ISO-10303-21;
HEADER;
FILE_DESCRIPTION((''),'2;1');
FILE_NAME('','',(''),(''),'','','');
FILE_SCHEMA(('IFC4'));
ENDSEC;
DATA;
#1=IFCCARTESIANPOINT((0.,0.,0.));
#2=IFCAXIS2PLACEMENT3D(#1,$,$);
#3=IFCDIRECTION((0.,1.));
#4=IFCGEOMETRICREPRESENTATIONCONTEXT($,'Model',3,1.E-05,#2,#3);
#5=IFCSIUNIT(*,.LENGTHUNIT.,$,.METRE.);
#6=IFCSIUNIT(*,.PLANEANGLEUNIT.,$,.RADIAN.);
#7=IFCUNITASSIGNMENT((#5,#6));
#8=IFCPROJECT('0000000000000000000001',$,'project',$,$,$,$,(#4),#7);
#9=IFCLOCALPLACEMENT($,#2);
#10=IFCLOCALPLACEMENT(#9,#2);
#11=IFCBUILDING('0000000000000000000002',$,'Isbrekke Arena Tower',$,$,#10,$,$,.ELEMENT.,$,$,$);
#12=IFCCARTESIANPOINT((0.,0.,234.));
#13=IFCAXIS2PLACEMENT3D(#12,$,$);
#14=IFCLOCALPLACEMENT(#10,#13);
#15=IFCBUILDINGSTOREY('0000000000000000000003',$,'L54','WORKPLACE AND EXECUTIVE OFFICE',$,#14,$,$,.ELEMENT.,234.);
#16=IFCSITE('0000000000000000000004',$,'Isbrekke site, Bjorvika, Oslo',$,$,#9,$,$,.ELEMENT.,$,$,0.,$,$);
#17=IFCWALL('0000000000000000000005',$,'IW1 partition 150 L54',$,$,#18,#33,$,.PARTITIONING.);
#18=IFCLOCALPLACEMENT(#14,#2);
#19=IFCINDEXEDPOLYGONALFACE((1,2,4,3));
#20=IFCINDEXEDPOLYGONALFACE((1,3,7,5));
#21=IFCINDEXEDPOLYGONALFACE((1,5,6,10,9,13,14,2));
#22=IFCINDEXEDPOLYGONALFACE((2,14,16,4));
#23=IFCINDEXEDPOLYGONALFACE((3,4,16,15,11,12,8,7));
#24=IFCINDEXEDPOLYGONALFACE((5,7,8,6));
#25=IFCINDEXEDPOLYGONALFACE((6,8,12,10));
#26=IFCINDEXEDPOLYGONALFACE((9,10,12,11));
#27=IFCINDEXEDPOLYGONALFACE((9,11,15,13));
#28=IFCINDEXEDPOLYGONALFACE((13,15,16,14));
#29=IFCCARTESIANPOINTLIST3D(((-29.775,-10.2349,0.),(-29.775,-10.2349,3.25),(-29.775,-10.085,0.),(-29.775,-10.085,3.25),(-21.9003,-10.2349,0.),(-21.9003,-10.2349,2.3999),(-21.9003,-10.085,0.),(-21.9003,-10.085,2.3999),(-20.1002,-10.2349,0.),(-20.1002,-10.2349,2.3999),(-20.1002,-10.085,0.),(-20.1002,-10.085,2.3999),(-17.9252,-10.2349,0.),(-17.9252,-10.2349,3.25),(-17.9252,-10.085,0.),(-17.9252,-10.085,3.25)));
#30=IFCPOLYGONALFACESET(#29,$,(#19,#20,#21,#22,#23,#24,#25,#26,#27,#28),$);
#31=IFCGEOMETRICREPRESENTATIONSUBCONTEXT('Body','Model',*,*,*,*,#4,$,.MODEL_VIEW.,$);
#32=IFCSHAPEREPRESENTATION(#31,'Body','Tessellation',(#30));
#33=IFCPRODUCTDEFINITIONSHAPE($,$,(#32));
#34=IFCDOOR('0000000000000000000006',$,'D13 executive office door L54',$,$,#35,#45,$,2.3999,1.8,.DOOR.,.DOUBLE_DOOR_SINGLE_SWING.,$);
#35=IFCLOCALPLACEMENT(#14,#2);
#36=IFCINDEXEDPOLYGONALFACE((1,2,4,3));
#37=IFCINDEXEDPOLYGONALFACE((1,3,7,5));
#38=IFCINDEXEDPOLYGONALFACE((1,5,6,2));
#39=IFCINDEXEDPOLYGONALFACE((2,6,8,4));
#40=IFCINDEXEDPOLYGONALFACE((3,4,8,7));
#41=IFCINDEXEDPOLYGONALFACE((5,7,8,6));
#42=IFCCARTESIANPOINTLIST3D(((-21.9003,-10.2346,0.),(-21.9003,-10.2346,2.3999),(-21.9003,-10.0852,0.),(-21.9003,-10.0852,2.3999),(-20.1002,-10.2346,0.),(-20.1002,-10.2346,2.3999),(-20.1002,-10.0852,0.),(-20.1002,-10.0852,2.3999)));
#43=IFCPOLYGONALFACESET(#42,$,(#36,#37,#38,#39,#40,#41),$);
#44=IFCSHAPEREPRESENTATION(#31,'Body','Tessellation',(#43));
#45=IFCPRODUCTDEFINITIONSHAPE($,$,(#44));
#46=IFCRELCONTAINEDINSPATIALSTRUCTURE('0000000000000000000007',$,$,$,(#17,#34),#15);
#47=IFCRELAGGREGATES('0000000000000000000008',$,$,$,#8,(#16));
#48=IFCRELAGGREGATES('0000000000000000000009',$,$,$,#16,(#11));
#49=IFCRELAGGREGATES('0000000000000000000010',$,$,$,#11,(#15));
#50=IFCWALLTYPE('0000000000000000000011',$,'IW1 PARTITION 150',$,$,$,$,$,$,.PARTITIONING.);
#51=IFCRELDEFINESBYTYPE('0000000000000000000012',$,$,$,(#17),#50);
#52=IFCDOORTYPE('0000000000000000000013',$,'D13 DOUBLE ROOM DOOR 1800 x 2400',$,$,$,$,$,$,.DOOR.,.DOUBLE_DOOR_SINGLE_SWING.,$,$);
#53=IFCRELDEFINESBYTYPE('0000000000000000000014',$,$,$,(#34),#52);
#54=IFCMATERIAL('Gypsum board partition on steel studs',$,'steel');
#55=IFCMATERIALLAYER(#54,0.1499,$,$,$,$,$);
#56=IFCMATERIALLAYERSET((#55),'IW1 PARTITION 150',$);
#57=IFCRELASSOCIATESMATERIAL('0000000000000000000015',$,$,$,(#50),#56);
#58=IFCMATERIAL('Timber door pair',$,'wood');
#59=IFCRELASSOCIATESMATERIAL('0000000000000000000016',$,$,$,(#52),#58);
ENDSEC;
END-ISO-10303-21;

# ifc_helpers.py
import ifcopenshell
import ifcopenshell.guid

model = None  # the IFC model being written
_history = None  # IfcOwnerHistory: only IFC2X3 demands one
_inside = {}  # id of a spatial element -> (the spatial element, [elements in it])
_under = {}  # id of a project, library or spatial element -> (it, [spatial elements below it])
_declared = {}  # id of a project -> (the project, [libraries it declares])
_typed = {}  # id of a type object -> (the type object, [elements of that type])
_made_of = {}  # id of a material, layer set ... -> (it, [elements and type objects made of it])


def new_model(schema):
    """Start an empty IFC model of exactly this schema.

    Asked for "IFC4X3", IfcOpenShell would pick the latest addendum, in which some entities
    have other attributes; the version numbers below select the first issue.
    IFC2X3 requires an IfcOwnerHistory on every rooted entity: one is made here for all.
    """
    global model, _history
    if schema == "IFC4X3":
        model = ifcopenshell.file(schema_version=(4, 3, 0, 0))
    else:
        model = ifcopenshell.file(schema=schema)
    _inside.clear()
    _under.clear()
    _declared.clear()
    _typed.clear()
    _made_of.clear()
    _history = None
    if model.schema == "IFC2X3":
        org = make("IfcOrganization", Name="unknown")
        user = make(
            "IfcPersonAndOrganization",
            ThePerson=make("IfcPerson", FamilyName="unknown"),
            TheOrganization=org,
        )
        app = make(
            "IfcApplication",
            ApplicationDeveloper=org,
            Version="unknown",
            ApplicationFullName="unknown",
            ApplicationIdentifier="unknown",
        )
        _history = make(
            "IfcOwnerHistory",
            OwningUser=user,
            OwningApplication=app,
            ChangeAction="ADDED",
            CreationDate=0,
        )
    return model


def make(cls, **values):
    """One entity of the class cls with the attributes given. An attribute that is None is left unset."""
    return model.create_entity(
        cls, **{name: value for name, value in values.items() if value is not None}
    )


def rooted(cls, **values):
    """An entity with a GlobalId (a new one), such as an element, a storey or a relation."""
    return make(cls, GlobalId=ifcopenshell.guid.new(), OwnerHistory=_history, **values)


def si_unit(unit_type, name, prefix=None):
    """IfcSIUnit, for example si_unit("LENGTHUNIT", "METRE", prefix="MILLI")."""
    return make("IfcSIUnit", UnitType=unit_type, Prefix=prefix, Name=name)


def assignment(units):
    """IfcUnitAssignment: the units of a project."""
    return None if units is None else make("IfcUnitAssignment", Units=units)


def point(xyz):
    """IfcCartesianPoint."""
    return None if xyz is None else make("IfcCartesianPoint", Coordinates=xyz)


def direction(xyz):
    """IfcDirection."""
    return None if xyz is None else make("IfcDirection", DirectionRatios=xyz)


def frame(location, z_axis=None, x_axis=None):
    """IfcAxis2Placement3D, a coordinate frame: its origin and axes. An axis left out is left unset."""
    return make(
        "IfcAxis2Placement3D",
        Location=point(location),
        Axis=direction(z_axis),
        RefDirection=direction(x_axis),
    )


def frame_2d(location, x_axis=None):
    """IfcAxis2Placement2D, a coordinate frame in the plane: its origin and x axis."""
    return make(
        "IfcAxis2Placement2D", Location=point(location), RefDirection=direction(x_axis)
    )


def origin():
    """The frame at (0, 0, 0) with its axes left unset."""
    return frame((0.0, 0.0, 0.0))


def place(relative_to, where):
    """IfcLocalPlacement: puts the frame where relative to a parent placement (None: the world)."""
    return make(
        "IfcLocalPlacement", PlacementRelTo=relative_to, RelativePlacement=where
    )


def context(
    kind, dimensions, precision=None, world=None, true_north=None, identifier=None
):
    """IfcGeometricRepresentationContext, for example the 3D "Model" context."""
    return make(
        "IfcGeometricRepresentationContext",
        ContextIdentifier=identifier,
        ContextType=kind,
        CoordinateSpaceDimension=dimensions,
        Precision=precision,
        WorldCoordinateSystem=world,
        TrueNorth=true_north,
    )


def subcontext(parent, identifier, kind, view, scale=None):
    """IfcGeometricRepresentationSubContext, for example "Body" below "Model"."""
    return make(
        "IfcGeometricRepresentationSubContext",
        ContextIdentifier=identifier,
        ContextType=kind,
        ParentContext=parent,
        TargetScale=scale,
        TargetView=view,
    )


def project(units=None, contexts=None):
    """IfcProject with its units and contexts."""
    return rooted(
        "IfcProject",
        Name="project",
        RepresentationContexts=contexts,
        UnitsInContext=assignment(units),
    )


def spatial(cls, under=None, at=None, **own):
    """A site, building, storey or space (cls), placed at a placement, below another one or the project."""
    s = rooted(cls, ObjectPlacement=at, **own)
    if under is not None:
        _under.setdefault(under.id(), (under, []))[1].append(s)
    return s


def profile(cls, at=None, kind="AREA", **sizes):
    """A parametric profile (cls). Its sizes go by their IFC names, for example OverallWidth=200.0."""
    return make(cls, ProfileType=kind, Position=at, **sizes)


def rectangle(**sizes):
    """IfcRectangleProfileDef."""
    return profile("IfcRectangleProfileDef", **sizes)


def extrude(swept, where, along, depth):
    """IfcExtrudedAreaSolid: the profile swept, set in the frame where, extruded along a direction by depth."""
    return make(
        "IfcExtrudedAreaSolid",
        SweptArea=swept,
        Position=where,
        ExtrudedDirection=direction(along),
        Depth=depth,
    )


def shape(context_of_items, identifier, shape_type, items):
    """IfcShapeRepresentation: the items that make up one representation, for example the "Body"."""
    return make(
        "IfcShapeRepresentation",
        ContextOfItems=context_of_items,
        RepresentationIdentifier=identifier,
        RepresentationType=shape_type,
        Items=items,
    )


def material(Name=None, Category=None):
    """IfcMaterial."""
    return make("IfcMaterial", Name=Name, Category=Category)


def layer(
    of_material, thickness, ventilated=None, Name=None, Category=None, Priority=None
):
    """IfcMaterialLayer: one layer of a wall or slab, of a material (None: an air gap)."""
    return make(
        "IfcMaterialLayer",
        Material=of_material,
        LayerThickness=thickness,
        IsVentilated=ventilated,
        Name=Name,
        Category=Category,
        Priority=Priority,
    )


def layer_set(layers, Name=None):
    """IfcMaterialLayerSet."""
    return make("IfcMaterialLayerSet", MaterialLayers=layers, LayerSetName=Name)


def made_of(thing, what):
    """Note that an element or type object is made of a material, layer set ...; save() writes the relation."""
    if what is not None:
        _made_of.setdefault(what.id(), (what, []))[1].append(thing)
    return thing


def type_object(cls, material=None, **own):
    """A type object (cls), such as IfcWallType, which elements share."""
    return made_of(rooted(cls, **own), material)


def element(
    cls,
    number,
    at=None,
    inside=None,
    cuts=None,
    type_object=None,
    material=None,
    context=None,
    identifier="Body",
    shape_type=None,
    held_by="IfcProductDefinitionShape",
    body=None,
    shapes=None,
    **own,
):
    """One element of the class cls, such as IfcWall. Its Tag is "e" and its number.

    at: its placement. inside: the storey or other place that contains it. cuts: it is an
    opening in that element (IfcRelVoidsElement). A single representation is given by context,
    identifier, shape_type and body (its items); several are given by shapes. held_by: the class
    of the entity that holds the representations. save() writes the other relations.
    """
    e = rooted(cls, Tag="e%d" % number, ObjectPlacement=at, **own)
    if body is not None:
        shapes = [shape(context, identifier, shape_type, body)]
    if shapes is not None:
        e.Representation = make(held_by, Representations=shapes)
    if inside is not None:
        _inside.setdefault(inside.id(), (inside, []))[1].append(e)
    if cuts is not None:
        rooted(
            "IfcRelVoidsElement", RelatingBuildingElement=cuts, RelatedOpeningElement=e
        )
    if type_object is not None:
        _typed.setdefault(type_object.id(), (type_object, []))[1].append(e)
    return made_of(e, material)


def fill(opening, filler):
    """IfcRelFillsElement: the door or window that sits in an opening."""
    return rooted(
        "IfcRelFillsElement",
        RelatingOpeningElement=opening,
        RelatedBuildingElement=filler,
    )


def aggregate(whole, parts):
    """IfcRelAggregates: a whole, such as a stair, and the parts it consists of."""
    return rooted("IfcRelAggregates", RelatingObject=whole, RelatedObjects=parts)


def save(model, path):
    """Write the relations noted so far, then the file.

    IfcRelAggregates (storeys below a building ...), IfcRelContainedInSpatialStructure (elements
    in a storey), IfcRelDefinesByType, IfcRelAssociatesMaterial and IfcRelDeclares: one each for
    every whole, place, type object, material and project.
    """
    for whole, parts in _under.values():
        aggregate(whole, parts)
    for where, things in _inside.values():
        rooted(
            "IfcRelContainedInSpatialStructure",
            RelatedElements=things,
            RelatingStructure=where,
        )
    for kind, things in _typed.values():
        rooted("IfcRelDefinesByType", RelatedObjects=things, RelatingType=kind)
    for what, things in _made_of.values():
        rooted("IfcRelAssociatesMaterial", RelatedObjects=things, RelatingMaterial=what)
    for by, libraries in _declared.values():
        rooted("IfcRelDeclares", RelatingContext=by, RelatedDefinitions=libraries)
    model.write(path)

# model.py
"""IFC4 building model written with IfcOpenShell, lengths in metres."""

from ifc_helpers import new_model, si_unit, direction, frame, frame_2d, origin, place, context, subcontext, project, spatial, rectangle, extrude, material, layer, layer_set, type_object, element, fill, save


model = new_model("IFC4")

# Units and contexts
model_context = context("Model", 3, precision=1e-05, world=origin(), true_north=direction((0.0, 1.0)))
body_context = subcontext(model_context, "Body", "Model", "MODEL_VIEW")
ifc_project = project(units=[si_unit("LENGTHUNIT", "METRE"), si_unit("PLANEANGLEUNIT", "RADIAN")], contexts=[model_context])

# Site, building, storey
site_placement = place(None, origin())
site = spatial("IfcSite", under=ifc_project, at=site_placement, Name="Isbrekke site, Bjorvika, Oslo", CompositionType="ELEMENT", RefElevation=0.0)
building_placement = place(site_placement, origin())
building = spatial("IfcBuilding", under=site, at=building_placement, Name="Isbrekke Arena Tower", CompositionType="ELEMENT")
storey_placement = place(building_placement, frame((0.0, 0.0, 234.0)))
storey = spatial("IfcBuildingStorey", under=building, at=storey_placement, Name="L54", Description="WORKPLACE AND EXECUTIVE OFFICE", CompositionType="ELEMENT", Elevation=234.0)

# Wall, opening, door
ifc_material_1 = material(Name="Gypsum board partition on steel studs", Category="steel")
ifc_layer_1 = layer(ifc_material_1, 0.1499)
ifc_layer_set_1 = layer_set([ifc_layer_1], Name="IW1 PARTITION 150")
wall_type = type_object("IfcWallType", Name="IW1 PARTITION 150", PredefinedType="PARTITIONING", material=ifc_layer_set_1)
wall_placement = place(storey_placement, frame((-29.7749, -10.1599, 0.0), z_axis=(0.0, 0.0, 1.0), x_axis=(1.0, 0.0, 0.0)))
wall = element("IfcWall", 1, at=wall_placement, inside=storey, type_object=wall_type, Name="IW1 partition 150 L54", PredefinedType="PARTITIONING", context=body_context, shape_type="SweptSolid", body=[
    extrude(rectangle(XDim=11.8499, YDim=0.1499, at=frame_2d((5.9248, 0.0))), origin(), (0.0, 0.0, 1.0), 3.25),
])
opening_placement = place(wall_placement, frame((7.8748, 0.0, 0.0)))
opening = element("IfcOpeningElement", 2, at=opening_placement, cuts=wall, PredefinedType="OPENING", context=body_context, shape_type="SweptSolid", body=[
    extrude(rectangle(XDim=1.8, YDim=2.3999, at=frame_2d((0.8999, 1.2))), frame((0.0, 0.0898, 0.0), z_axis=(0.0, -1.0, 0.0), x_axis=(1.0, 0.0, 0.0)), (0.0, 0.0, 1.0), 0.1797),
])
ifc_material_2 = material(Name="Timber door pair", Category="wood")
door_type = type_object("IfcDoorType", Name="D13 DOUBLE ROOM DOOR 1800 x 2400", OperationType="DOUBLE_DOOR_SINGLE_SWING", PredefinedType="DOOR", material=ifc_material_2)
door_placement = place(opening_placement, origin())
door = element("IfcDoor", 3, at=door_placement, inside=storey, type_object=door_type, Name="D13 executive office door L54", OperationType="DOUBLE_DOOR_SINGLE_SWING", OverallHeight=2.3999, OverallWidth=1.8, PredefinedType="DOOR", context=body_context, shape_type="SweptSolid", body=[
    extrude(rectangle(XDim=1.8, YDim=2.3999, at=frame_2d((0.8999, 1.2))), frame((0.0, 0.0747, 0.0), z_axis=(0.0, -1.0, 0.0), x_axis=(1.0, 0.0, 0.0)), (0.0, 0.0, 1.0), 0.1494),
])
fill(opening, door)

save(model, "model.ifc")
